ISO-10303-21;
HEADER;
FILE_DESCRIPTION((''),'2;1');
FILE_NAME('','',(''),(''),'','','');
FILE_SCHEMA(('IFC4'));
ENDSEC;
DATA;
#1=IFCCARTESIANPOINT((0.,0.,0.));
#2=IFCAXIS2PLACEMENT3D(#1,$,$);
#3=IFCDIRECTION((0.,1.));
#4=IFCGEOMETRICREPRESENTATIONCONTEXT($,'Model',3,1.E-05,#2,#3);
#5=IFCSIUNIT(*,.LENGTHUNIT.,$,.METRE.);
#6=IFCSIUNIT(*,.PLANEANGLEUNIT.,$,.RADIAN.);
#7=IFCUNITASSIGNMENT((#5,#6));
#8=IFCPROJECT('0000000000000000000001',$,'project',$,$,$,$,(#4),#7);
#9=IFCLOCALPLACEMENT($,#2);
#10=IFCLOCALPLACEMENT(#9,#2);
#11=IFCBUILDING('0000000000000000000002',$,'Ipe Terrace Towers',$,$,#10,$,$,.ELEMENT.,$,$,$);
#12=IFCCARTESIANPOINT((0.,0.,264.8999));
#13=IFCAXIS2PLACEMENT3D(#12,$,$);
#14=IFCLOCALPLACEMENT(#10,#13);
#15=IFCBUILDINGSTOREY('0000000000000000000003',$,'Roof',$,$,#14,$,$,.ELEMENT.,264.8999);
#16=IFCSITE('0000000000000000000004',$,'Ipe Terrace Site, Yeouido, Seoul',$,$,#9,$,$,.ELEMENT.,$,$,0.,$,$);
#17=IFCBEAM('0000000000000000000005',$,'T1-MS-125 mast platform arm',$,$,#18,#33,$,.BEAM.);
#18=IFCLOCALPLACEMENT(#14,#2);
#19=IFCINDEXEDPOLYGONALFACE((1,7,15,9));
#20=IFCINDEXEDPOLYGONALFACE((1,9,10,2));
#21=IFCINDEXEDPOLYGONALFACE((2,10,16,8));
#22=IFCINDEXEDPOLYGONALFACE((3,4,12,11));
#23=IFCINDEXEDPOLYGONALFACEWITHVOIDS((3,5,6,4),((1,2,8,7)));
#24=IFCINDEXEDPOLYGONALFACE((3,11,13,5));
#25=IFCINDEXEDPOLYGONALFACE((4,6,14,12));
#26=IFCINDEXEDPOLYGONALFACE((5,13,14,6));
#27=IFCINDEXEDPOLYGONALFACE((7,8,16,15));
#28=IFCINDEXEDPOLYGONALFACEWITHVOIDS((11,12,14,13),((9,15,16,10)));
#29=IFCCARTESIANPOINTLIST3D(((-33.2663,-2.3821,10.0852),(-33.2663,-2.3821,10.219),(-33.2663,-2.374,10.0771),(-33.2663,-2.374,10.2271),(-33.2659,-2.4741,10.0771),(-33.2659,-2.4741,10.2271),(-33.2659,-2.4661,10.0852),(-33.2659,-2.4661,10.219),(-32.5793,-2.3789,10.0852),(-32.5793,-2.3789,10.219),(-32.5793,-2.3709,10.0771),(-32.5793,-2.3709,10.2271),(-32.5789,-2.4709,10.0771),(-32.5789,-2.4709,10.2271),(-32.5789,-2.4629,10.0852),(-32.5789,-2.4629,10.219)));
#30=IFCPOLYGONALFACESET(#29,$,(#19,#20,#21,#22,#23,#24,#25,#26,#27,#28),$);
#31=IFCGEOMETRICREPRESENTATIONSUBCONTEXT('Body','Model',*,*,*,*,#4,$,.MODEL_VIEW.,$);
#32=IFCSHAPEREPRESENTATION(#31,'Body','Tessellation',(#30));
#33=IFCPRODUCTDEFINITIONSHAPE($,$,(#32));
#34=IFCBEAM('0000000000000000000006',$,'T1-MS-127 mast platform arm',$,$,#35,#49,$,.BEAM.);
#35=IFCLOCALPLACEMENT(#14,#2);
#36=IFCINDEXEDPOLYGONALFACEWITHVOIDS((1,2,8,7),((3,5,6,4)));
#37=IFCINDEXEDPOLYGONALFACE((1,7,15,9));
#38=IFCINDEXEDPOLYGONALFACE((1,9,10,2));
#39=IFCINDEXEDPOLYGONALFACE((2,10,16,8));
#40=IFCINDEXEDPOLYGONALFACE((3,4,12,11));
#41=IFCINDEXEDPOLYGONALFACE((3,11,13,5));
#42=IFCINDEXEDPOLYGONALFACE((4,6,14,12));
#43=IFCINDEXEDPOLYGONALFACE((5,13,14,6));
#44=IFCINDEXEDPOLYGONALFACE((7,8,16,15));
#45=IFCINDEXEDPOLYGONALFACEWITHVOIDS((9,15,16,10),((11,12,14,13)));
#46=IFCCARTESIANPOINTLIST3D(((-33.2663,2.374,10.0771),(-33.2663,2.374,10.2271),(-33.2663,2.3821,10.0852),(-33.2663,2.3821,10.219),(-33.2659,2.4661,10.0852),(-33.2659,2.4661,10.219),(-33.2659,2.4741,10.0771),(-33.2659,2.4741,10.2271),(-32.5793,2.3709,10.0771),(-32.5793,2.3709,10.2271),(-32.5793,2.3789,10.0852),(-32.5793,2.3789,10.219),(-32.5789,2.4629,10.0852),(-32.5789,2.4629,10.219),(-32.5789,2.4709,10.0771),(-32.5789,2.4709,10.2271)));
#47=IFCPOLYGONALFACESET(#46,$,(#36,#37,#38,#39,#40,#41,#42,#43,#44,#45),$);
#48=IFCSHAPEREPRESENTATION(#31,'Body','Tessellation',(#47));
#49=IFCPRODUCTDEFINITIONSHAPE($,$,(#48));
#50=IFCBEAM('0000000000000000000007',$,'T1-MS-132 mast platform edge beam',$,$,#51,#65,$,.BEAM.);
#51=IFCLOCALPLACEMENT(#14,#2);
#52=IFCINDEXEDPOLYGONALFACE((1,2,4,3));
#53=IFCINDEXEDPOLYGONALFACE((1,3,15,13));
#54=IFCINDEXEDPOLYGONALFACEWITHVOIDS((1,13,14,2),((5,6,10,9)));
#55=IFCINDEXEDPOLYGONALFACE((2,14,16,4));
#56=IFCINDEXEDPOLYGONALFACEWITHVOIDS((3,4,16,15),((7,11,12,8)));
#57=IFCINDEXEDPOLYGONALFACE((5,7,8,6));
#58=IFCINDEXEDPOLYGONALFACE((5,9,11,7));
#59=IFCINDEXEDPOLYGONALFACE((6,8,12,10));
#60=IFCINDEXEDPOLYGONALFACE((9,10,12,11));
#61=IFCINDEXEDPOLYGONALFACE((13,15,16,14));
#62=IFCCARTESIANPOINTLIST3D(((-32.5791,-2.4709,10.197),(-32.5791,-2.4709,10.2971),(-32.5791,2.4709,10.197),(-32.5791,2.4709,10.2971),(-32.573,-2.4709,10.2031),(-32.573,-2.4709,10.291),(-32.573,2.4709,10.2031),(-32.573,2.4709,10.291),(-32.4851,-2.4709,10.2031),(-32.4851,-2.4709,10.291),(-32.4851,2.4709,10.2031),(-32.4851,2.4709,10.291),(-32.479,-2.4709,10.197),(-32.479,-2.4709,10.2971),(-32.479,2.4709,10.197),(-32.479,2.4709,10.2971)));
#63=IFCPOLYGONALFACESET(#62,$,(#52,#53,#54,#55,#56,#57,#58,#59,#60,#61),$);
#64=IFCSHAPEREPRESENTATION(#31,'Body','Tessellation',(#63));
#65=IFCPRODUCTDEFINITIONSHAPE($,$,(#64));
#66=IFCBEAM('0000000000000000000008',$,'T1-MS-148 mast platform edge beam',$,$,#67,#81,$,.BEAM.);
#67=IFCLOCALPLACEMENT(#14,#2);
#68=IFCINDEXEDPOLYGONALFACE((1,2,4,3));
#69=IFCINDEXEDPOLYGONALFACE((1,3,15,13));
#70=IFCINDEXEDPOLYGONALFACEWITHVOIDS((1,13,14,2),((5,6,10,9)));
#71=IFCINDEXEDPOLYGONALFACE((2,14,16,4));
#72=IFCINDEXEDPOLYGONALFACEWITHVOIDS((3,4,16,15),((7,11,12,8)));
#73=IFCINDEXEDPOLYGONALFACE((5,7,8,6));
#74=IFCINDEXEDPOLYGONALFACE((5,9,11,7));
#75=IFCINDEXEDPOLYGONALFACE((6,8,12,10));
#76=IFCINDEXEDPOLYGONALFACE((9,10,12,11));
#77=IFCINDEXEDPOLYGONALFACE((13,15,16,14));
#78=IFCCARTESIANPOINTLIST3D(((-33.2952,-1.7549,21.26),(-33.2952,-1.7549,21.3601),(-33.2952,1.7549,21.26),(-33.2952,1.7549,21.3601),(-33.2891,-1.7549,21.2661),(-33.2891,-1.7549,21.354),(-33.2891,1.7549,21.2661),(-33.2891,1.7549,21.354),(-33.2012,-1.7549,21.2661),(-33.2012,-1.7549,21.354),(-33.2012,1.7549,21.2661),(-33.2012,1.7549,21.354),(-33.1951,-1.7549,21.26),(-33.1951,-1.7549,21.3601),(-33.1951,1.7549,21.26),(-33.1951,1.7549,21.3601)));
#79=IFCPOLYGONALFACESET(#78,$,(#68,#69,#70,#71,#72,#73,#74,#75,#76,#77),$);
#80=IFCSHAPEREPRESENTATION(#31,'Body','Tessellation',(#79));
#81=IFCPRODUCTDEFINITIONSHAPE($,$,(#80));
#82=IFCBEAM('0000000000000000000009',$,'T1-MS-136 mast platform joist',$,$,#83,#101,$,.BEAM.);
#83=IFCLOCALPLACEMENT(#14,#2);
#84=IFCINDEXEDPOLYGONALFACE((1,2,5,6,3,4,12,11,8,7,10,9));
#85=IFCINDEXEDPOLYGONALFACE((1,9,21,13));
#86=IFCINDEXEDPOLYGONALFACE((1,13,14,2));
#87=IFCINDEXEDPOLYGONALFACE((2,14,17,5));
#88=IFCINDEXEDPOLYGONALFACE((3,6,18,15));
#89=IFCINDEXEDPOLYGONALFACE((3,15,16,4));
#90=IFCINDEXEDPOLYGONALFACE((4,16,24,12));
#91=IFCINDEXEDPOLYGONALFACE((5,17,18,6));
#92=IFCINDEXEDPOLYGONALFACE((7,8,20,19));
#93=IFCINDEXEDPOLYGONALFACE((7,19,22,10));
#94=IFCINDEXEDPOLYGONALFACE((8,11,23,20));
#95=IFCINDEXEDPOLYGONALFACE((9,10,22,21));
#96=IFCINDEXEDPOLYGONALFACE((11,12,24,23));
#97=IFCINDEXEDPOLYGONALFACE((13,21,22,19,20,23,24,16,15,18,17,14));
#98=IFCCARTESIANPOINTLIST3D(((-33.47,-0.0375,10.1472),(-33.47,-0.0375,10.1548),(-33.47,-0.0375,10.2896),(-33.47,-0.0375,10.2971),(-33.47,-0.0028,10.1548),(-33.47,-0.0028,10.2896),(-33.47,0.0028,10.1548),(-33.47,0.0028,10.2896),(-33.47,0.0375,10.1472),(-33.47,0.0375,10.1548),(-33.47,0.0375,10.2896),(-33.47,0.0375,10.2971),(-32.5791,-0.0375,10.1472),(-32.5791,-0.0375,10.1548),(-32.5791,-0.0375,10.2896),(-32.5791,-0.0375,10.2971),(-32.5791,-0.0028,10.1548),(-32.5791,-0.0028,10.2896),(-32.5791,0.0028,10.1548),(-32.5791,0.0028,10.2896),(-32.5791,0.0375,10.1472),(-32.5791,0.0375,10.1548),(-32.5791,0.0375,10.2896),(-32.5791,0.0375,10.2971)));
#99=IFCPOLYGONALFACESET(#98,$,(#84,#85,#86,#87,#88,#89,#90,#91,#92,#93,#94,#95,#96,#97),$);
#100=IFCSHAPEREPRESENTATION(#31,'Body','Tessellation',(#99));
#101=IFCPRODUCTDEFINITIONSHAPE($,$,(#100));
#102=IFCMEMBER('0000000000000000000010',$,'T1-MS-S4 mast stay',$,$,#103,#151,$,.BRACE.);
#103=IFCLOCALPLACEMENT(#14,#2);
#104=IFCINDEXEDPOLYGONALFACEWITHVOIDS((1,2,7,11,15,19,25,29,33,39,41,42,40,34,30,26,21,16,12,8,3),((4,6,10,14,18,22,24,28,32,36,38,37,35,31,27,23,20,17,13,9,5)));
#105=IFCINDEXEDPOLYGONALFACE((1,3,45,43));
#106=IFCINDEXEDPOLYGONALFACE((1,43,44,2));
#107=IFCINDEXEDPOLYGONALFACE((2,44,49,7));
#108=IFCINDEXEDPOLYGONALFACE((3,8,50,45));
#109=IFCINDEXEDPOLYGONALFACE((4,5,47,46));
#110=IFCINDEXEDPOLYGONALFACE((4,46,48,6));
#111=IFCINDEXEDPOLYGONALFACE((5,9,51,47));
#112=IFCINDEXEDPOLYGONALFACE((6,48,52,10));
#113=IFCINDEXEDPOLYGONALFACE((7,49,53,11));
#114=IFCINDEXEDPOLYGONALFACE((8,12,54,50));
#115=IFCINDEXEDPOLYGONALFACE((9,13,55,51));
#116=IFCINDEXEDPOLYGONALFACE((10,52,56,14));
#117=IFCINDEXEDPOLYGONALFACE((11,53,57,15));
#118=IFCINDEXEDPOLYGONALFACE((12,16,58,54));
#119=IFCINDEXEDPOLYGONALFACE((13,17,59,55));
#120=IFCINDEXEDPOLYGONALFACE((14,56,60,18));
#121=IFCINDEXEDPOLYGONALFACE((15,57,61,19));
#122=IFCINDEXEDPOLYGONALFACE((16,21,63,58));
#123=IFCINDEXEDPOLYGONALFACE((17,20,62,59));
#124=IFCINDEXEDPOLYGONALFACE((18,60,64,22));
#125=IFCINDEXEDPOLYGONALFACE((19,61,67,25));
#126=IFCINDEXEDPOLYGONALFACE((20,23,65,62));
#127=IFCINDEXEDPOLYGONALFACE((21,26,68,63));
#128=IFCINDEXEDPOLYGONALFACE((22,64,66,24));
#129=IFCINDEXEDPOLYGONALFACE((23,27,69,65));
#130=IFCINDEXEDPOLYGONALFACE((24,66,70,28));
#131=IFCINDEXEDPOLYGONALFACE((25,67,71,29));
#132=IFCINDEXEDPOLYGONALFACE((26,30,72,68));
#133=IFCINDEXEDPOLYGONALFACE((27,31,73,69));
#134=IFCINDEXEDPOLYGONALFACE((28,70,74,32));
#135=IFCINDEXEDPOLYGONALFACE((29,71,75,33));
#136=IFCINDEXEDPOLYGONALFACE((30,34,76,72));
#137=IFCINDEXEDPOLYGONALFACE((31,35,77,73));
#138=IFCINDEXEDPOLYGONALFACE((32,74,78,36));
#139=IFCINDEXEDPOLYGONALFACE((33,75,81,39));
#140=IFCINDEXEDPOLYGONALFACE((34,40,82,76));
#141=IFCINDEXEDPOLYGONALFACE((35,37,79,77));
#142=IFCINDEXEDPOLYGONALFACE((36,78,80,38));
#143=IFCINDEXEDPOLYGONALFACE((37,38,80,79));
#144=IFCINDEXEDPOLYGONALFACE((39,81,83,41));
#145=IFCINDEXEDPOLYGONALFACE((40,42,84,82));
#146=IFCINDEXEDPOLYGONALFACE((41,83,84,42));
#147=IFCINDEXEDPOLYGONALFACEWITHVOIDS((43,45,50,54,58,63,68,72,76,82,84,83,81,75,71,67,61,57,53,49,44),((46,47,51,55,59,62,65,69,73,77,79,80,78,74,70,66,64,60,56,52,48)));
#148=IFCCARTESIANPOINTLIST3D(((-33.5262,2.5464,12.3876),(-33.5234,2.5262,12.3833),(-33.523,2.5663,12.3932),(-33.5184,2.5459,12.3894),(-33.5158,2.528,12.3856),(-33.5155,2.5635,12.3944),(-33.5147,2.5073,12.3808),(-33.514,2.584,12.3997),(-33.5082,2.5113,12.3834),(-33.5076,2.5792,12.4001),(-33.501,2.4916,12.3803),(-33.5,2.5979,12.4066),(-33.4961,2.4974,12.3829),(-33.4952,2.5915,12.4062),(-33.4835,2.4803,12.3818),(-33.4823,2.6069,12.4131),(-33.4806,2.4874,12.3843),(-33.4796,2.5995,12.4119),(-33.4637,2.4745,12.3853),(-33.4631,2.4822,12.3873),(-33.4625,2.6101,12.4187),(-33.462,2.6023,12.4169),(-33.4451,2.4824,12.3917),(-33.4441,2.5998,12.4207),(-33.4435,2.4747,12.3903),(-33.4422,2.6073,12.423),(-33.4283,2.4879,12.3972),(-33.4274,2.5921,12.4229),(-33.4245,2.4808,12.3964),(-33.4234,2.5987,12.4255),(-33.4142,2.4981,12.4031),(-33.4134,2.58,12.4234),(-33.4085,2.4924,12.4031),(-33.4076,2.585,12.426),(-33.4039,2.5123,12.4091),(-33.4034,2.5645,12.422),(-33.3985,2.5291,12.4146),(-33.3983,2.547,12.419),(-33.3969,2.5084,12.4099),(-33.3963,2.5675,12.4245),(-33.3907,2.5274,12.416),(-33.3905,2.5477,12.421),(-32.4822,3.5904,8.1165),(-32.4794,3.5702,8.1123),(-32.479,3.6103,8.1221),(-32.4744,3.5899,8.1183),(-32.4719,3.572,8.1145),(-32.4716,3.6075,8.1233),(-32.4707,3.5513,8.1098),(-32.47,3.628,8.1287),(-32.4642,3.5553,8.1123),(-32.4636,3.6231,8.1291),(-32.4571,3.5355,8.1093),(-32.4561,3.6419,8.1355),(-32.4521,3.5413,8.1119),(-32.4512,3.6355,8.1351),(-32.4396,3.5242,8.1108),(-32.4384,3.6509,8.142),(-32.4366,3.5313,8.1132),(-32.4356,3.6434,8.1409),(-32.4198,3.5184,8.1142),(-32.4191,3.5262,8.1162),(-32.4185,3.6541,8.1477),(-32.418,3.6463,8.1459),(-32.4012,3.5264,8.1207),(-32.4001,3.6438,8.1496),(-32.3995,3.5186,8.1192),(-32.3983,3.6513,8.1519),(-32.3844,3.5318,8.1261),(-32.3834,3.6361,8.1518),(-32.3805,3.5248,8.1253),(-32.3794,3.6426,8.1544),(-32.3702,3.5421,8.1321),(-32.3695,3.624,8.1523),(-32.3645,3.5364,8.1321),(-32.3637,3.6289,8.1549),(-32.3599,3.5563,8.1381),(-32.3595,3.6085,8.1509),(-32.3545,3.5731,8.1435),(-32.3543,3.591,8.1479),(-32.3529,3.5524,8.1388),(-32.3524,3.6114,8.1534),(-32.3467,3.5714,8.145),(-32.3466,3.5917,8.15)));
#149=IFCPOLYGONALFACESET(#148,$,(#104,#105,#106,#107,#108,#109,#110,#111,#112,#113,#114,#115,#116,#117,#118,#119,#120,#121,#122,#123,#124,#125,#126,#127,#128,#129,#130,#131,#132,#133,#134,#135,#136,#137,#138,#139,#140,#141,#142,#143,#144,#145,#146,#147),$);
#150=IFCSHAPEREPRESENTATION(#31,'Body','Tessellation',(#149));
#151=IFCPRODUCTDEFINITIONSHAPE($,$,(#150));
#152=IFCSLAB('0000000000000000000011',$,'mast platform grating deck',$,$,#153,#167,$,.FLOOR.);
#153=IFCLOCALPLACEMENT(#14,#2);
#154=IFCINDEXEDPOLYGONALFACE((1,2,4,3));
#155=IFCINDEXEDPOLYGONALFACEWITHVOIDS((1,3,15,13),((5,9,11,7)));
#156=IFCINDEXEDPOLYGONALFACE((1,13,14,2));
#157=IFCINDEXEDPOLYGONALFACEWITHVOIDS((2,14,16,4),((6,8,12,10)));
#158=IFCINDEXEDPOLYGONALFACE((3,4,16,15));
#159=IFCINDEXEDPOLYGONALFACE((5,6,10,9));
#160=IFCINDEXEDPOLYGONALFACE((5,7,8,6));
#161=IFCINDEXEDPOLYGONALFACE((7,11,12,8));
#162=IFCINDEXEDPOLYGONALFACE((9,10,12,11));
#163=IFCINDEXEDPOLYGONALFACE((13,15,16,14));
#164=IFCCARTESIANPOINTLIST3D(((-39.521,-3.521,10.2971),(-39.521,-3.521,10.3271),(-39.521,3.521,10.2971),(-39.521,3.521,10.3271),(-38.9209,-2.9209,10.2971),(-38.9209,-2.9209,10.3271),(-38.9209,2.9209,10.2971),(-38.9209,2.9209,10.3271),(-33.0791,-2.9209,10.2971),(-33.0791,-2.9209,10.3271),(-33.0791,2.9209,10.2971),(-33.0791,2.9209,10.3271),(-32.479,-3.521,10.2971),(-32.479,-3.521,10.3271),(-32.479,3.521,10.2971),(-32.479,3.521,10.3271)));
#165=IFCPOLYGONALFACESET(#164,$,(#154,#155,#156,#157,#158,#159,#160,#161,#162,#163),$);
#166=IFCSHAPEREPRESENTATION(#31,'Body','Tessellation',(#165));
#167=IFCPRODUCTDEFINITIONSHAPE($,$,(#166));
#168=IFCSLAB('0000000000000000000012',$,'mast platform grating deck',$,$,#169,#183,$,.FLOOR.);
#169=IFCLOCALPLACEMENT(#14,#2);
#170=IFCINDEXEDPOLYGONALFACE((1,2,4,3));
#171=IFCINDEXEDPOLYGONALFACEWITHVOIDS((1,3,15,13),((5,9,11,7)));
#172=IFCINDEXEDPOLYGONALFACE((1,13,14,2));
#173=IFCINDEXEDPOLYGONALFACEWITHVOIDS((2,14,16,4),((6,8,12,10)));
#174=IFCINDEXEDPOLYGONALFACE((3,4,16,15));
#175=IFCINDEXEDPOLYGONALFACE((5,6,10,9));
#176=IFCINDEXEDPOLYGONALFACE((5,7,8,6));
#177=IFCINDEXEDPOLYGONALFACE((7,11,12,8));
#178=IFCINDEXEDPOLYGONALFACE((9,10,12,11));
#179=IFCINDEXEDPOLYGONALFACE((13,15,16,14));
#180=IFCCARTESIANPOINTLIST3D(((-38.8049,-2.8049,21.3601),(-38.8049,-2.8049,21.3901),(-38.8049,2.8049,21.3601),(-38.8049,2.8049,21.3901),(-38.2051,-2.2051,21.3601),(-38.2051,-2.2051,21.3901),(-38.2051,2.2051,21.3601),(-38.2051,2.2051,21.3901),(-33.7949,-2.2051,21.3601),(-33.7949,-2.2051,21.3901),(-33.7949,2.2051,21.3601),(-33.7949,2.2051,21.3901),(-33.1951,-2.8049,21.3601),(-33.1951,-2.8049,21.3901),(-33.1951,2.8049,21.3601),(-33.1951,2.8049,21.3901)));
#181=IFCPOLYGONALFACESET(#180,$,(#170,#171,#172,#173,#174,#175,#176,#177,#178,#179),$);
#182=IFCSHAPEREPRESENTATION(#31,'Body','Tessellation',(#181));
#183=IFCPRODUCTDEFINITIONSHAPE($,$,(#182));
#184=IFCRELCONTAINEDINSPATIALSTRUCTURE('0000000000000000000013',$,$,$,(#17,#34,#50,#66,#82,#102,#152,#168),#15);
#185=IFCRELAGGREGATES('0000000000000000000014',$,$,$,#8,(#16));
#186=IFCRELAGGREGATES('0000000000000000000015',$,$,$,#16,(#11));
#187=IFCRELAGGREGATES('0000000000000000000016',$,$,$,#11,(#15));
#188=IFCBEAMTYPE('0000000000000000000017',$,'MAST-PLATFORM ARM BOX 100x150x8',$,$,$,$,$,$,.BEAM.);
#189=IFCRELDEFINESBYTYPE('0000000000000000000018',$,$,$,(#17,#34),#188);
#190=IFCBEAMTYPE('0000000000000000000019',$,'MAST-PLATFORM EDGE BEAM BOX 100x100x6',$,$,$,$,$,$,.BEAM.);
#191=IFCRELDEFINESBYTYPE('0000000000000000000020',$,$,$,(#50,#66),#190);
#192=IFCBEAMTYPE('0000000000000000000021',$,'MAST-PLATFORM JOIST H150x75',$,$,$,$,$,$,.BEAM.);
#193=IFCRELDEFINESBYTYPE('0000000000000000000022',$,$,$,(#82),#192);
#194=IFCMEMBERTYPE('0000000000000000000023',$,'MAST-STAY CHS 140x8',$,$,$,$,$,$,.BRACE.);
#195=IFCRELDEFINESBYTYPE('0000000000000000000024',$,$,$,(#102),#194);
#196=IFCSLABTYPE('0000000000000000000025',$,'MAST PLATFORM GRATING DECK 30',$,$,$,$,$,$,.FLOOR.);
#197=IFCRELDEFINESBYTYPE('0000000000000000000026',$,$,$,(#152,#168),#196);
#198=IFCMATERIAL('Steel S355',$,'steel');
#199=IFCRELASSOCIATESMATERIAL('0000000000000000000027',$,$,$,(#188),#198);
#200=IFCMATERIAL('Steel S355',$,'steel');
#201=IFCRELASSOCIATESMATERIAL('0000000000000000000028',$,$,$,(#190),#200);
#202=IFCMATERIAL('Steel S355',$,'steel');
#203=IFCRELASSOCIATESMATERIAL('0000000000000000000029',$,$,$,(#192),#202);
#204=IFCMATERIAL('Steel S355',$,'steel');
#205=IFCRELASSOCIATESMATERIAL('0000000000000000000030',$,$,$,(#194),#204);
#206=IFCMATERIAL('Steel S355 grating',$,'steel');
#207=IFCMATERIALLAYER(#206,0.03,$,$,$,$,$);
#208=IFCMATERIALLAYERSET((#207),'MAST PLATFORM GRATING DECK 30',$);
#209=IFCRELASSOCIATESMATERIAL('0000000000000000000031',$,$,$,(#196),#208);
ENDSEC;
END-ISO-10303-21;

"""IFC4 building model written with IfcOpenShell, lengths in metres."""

from ifc_helpers import new_model, si_unit, direction, frame, origin, origin_2d, place, context, subcontext, project, spatial, polyline, hollow_rectangle, hollow_circle, i_section, outline, extrude, material, layer, layer_set, material_profile, profile_set, type_object, element, save


model = new_model("IFC4")

# Units and contexts
model_context = context("Model", 3, precision=1e-05, world=origin(), true_north=direction((0.0, 1.0)))
body_context = subcontext(model_context, "Body", "Model", "MODEL_VIEW")
ifc_project = project(units=[si_unit("LENGTHUNIT", "METRE"), si_unit("PLANEANGLEUNIT", "RADIAN")], contexts=[model_context])

# Site, building, storey
site_placement = place(None, origin())
site = spatial("IfcSite", under=ifc_project, at=site_placement, Name="Ipe Terrace Site, Yeouido, Seoul", CompositionType="ELEMENT", RefElevation=0.0)
building_placement = place(site_placement, origin())
building = spatial("IfcBuilding", under=site, at=building_placement, Name="Ipe Terrace Towers", CompositionType="ELEMENT")
storey_placement = place(building_placement, frame((0.0, 0.0, 264.8999)))
storey = spatial("IfcBuildingStorey", under=building, at=storey_placement, Name="Roof", CompositionType="ELEMENT", Elevation=264.8999)

# Beams
ifc_material_1 = material(Name="Steel S355", Category="steel")
ifc_material_profile_1 = material_profile(ifc_material_1, hollow_rectangle(XDim=0.1001, YDim=0.1499, WallThickness=0.0081, at=origin_2d()), Name="MAST-PLATFORM ARM BOX 100x150x8")
ifc_profile_set_1 = profile_set([ifc_material_profile_1], Name="Steel S355")
beam_type_1 = type_object("IfcBeamType", Name="MAST-PLATFORM ARM BOX 100x150x8", PredefinedType="BEAM", material=ifc_profile_set_1)
for number, where, z_axis, x_axis, name in (
    (1, (-33.2661, -2.4241, 10.1521), (0.999989, 0.00462, 0.0), (-0.00462, 0.999989, 0.0), "T1-MS-125 mast platform arm"),
    (2, (-33.2661, 2.4241, 10.1521), (0.999989, -0.00462, 0.0), (0.00462, 0.999989, 0.0), "T1-MS-127 mast platform arm"),
):
    element("IfcBeam", number, at=place(storey_placement, frame(where, z_axis=z_axis, x_axis=x_axis)), inside=storey, type_object=beam_type_1, Name=name, PredefinedType="BEAM", context=body_context, shape_type="SweptSolid", body=[
        extrude(hollow_rectangle(XDim=0.1001, YDim=0.1499, WallThickness=0.0081, at=origin_2d()), origin(), (0.0, 0.0, 1.0), 0.687),
    ])
ifc_material_2 = material(Name="Steel S355", Category="steel")
ifc_material_profile_2 = material_profile(ifc_material_2, hollow_rectangle(XDim=0.1001, YDim=0.1001, WallThickness=0.0061, at=origin_2d()), Name="MAST-PLATFORM EDGE BEAM BOX 100x100x6")
ifc_profile_set_2 = profile_set([ifc_material_profile_2], Name="Steel S355")
beam_type_2 = type_object("IfcBeamType", Name="MAST-PLATFORM EDGE BEAM BOX 100x100x6", PredefinedType="BEAM", material=ifc_profile_set_2)
beam_1_placement = place(storey_placement, frame((-32.5291, -2.4709, 10.2471), z_axis=(0.0, 1.0, 0.0), x_axis=(-1.0, 0.0, 0.0)))
element("IfcBeam", 3, at=beam_1_placement, inside=storey, type_object=beam_type_2, Name="T1-MS-132 mast platform edge beam", PredefinedType="BEAM", context=body_context, shape_type="SweptSolid", body=[
    extrude(hollow_rectangle(XDim=0.1001, YDim=0.1001, WallThickness=0.0061, at=origin_2d()), origin(), (0.0, 0.0, 1.0), 4.9419),
])
beam_2_placement = place(storey_placement, frame((-33.2451, -1.7549, 21.3101), z_axis=(0.0, 1.0, 0.0), x_axis=(-1.0, 0.0, 0.0)))
element("IfcBeam", 4, at=beam_2_placement, inside=storey, type_object=beam_type_2, Name="T1-MS-148 mast platform edge beam", PredefinedType="BEAM", context=body_context, shape_type="SweptSolid", body=[
    extrude(hollow_rectangle(XDim=0.1001, YDim=0.1001, WallThickness=0.0061, at=origin_2d()), origin(), (0.0, 0.0, 1.0), 3.5098),
])
ifc_material_3 = material(Name="Steel S355", Category="steel")
ifc_material_profile_3 = material_profile(ifc_material_3, i_section(OverallWidth=0.075, OverallDepth=0.1499, WebThickness=0.0056, FlangeThickness=0.0076, at=origin_2d()), Name="H150x75")
ifc_profile_set_3 = profile_set([ifc_material_profile_3], Name="Steel S355")
beam_type_3 = type_object("IfcBeamType", Name="MAST-PLATFORM JOIST H150x75", PredefinedType="BEAM", material=ifc_profile_set_3)
beam_3_placement = place(storey_placement, frame((-33.47, 0.0, 10.2222), z_axis=(1.0, 0.0, 0.0), x_axis=(0.0, 1.0, 0.0)))
element("IfcBeam", 5, at=beam_3_placement, inside=storey, type_object=beam_type_3, Name="T1-MS-136 mast platform joist", PredefinedType="BEAM", context=body_context, shape_type="SweptSolid", body=[
    extrude(i_section(OverallWidth=0.075, OverallDepth=0.1499, WebThickness=0.0056, FlangeThickness=0.0076, at=origin_2d()), origin(), (0.0, 0.0, 1.0), 0.8909),
])

# Member
ifc_material_4 = material(Name="Steel S355", Category="steel")
ifc_material_profile_4 = material_profile(ifc_material_4, hollow_circle(Radius=0.0701, WallThickness=0.0081, at=origin_2d()), Name="MAST-STAY CHS 140x8")
ifc_profile_set_4 = profile_set([ifc_material_profile_4], Name="Steel S355")
member_type = type_object("IfcMemberType", Name="MAST-STAY CHS 140x8", PredefinedType="BRACE", material=ifc_profile_set_4)
member_placement = place(storey_placement, frame((-32.4141, 3.5859, 8.1321), z_axis=(-0.231014, -0.231014, 0.945127), x_axis=(0.707107, -0.707107, 0.0)))
element("IfcMember", 6, at=member_placement, inside=storey, type_object=member_type, Name="T1-MS-S4 mast stay", PredefinedType="BRACE", context=body_context, shape_type="SweptSolid", body=[
    extrude(hollow_circle(Radius=0.0701, WallThickness=0.0081, at=origin_2d()), origin(), (0.0, 0.0, 1.0), 4.519),
])

# Slabs
ifc_material_5 = material(Name="Steel S355 grating", Category="steel")
ifc_layer_1 = layer(ifc_material_5, 0.03)
ifc_layer_set_1 = layer_set([ifc_layer_1], Name="MAST PLATFORM GRATING DECK 30")
slab_type = type_object("IfcSlabType", Name="MAST PLATFORM GRATING DECK 30", PredefinedType="FLOOR", material=ifc_layer_set_1)
slab_1_placement = place(storey_placement, frame((0.0, 0.0, 10.2971)))
element("IfcSlab", 7, at=slab_1_placement, inside=storey, type_object=slab_type, Name="mast platform grating deck", PredefinedType="FLOOR", context=body_context, shape_type="SweptSolid", body=[
    extrude(outline(polyline([(-39.521, -3.521), (-32.479, -3.521), (-32.479, 3.521), (-39.521, 3.521), (-39.521, -3.521)]), holes=[polyline([(-38.9209, -2.9209), (-33.0791, -2.9209), (-33.0791, 2.9209), (-38.9209, 2.9209), (-38.9209, -2.9209)])]), origin(), (0.0, 0.0, 1.0), 0.03),
])
slab_2_placement = place(storey_placement, frame((0.0, 0.0, 21.3601)))
element("IfcSlab", 8, at=slab_2_placement, inside=storey, type_object=slab_type, Name="mast platform grating deck", PredefinedType="FLOOR", context=body_context, shape_type="SweptSolid", body=[
    extrude(outline(polyline([(-38.8049, -2.8049), (-33.1951, -2.8049), (-33.1951, 2.8049), (-38.8049, 2.8049), (-38.8049, -2.8049)]), holes=[polyline([(-38.2051, -2.2051), (-33.7949, -2.2051), (-33.7949, 2.2051), (-38.2051, 2.2051), (-38.2051, -2.2051)])]), origin(), (0.0, 0.0, 1.0), 0.03),
])

save(model, "model.ifc")
